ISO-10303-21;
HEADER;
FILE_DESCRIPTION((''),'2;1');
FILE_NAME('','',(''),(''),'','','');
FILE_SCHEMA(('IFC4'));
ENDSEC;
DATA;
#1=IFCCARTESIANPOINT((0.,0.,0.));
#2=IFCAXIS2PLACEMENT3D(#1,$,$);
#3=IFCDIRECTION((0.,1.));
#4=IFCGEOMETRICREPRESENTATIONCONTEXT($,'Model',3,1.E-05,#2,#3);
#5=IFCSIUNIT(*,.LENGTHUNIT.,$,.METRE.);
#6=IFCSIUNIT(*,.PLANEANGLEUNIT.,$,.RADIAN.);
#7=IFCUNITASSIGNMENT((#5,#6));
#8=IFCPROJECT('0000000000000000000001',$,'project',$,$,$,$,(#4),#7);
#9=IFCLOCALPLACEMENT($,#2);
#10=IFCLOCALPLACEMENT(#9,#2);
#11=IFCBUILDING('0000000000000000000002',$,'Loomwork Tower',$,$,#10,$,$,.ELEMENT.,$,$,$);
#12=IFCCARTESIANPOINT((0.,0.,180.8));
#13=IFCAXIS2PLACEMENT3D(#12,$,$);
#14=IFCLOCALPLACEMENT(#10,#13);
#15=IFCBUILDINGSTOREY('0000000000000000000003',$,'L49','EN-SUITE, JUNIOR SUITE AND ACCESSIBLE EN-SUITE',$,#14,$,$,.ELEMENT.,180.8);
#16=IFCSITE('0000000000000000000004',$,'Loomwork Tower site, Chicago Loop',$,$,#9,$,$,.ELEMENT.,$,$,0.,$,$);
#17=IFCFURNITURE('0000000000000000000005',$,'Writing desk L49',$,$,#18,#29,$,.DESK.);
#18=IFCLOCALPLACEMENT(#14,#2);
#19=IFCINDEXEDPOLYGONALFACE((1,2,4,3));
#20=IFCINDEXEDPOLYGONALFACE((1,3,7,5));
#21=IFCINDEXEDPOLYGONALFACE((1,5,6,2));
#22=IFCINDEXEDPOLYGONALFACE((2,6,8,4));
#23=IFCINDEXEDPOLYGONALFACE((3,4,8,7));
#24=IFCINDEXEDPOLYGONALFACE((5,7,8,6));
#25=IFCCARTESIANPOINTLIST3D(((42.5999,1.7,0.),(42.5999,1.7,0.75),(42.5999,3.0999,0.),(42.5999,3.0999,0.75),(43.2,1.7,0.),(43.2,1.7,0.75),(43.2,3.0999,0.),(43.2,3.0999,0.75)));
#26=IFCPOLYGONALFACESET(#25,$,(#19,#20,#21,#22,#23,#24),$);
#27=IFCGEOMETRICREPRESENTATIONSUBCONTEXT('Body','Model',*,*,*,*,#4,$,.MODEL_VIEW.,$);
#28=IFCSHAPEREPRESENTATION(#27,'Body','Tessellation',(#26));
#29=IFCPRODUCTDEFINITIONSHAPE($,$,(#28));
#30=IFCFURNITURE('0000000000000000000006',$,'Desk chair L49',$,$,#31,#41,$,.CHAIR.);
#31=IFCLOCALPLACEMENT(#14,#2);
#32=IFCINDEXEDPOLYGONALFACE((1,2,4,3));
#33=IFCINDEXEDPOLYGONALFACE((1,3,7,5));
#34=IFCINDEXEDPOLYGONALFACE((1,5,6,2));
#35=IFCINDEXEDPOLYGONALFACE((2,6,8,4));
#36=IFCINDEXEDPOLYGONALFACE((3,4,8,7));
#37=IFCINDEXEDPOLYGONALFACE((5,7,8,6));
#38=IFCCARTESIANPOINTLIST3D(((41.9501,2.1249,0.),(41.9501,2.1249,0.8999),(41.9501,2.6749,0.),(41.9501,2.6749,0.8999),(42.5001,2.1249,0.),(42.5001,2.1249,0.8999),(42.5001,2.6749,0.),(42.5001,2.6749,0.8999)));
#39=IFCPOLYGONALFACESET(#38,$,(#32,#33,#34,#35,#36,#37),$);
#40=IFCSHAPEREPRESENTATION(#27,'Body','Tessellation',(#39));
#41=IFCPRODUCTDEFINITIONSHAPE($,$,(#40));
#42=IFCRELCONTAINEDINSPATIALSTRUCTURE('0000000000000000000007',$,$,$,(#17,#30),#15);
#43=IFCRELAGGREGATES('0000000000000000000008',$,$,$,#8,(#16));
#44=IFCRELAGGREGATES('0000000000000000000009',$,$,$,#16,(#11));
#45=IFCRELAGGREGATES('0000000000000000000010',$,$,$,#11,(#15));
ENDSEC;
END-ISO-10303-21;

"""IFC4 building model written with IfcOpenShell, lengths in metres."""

from ifc_helpers import new_model, si_unit, direction, frame, origin, origin_2d, place, context, subcontext, project, spatial, rectangle, extrude, element, save


model = new_model("IFC4")

# Units and contexts
model_context = context("Model", 3, precision=1e-05, world=origin(), true_north=direction((0.0, 1.0)))
body_context = subcontext(model_context, "Body", "Model", "MODEL_VIEW")
ifc_project = project(units=[si_unit("LENGTHUNIT", "METRE"), si_unit("PLANEANGLEUNIT", "RADIAN")], contexts=[model_context])

# Site, building, storey
site_placement = place(None, origin())
site = spatial("IfcSite", under=ifc_project, at=site_placement, Name="Loomwork Tower site, Chicago Loop", CompositionType="ELEMENT", RefElevation=0.0)
building_placement = place(site_placement, origin())
building = spatial("IfcBuilding", under=site, at=building_placement, Name="Loomwork Tower", CompositionType="ELEMENT")
storey_placement = place(building_placement, frame((0.0, 0.0, 180.8)))
storey = spatial("IfcBuildingStorey", under=building, at=storey_placement, Name="L49", Description="EN-SUITE, JUNIOR SUITE AND ACCESSIBLE EN-SUITE", CompositionType="ELEMENT", Elevation=180.8)

# Furniture
furniture_1_placement = place(storey_placement, frame((42.8999, 2.3999, 0.0), z_axis=(0.0, 0.0, 1.0), x_axis=(1.0, 0.0, 0.0)))
element("IfcFurniture", 1, at=furniture_1_placement, inside=storey, Name="Writing desk L49", PredefinedType="DESK", context=body_context, shape_type="SweptSolid", body=[
    extrude(rectangle(XDim=0.6001, YDim=1.3999, at=origin_2d()), origin(), (0.0, 0.0, 1.0), 0.75),
])
furniture_2_placement = place(storey_placement, frame((42.2251, 2.3999, 0.0), z_axis=(0.0, 0.0, 1.0), x_axis=(1.0, 0.0, 0.0)))
element("IfcFurniture", 2, at=furniture_2_placement, inside=storey, Name="Desk chair L49", PredefinedType="CHAIR", context=body_context, shape_type="SweptSolid", body=[
    extrude(rectangle(XDim=0.55, YDim=0.55, at=origin_2d()), origin(), (0.0, 0.0, 1.0), 0.8999),
])

save(model, "model.ifc")
